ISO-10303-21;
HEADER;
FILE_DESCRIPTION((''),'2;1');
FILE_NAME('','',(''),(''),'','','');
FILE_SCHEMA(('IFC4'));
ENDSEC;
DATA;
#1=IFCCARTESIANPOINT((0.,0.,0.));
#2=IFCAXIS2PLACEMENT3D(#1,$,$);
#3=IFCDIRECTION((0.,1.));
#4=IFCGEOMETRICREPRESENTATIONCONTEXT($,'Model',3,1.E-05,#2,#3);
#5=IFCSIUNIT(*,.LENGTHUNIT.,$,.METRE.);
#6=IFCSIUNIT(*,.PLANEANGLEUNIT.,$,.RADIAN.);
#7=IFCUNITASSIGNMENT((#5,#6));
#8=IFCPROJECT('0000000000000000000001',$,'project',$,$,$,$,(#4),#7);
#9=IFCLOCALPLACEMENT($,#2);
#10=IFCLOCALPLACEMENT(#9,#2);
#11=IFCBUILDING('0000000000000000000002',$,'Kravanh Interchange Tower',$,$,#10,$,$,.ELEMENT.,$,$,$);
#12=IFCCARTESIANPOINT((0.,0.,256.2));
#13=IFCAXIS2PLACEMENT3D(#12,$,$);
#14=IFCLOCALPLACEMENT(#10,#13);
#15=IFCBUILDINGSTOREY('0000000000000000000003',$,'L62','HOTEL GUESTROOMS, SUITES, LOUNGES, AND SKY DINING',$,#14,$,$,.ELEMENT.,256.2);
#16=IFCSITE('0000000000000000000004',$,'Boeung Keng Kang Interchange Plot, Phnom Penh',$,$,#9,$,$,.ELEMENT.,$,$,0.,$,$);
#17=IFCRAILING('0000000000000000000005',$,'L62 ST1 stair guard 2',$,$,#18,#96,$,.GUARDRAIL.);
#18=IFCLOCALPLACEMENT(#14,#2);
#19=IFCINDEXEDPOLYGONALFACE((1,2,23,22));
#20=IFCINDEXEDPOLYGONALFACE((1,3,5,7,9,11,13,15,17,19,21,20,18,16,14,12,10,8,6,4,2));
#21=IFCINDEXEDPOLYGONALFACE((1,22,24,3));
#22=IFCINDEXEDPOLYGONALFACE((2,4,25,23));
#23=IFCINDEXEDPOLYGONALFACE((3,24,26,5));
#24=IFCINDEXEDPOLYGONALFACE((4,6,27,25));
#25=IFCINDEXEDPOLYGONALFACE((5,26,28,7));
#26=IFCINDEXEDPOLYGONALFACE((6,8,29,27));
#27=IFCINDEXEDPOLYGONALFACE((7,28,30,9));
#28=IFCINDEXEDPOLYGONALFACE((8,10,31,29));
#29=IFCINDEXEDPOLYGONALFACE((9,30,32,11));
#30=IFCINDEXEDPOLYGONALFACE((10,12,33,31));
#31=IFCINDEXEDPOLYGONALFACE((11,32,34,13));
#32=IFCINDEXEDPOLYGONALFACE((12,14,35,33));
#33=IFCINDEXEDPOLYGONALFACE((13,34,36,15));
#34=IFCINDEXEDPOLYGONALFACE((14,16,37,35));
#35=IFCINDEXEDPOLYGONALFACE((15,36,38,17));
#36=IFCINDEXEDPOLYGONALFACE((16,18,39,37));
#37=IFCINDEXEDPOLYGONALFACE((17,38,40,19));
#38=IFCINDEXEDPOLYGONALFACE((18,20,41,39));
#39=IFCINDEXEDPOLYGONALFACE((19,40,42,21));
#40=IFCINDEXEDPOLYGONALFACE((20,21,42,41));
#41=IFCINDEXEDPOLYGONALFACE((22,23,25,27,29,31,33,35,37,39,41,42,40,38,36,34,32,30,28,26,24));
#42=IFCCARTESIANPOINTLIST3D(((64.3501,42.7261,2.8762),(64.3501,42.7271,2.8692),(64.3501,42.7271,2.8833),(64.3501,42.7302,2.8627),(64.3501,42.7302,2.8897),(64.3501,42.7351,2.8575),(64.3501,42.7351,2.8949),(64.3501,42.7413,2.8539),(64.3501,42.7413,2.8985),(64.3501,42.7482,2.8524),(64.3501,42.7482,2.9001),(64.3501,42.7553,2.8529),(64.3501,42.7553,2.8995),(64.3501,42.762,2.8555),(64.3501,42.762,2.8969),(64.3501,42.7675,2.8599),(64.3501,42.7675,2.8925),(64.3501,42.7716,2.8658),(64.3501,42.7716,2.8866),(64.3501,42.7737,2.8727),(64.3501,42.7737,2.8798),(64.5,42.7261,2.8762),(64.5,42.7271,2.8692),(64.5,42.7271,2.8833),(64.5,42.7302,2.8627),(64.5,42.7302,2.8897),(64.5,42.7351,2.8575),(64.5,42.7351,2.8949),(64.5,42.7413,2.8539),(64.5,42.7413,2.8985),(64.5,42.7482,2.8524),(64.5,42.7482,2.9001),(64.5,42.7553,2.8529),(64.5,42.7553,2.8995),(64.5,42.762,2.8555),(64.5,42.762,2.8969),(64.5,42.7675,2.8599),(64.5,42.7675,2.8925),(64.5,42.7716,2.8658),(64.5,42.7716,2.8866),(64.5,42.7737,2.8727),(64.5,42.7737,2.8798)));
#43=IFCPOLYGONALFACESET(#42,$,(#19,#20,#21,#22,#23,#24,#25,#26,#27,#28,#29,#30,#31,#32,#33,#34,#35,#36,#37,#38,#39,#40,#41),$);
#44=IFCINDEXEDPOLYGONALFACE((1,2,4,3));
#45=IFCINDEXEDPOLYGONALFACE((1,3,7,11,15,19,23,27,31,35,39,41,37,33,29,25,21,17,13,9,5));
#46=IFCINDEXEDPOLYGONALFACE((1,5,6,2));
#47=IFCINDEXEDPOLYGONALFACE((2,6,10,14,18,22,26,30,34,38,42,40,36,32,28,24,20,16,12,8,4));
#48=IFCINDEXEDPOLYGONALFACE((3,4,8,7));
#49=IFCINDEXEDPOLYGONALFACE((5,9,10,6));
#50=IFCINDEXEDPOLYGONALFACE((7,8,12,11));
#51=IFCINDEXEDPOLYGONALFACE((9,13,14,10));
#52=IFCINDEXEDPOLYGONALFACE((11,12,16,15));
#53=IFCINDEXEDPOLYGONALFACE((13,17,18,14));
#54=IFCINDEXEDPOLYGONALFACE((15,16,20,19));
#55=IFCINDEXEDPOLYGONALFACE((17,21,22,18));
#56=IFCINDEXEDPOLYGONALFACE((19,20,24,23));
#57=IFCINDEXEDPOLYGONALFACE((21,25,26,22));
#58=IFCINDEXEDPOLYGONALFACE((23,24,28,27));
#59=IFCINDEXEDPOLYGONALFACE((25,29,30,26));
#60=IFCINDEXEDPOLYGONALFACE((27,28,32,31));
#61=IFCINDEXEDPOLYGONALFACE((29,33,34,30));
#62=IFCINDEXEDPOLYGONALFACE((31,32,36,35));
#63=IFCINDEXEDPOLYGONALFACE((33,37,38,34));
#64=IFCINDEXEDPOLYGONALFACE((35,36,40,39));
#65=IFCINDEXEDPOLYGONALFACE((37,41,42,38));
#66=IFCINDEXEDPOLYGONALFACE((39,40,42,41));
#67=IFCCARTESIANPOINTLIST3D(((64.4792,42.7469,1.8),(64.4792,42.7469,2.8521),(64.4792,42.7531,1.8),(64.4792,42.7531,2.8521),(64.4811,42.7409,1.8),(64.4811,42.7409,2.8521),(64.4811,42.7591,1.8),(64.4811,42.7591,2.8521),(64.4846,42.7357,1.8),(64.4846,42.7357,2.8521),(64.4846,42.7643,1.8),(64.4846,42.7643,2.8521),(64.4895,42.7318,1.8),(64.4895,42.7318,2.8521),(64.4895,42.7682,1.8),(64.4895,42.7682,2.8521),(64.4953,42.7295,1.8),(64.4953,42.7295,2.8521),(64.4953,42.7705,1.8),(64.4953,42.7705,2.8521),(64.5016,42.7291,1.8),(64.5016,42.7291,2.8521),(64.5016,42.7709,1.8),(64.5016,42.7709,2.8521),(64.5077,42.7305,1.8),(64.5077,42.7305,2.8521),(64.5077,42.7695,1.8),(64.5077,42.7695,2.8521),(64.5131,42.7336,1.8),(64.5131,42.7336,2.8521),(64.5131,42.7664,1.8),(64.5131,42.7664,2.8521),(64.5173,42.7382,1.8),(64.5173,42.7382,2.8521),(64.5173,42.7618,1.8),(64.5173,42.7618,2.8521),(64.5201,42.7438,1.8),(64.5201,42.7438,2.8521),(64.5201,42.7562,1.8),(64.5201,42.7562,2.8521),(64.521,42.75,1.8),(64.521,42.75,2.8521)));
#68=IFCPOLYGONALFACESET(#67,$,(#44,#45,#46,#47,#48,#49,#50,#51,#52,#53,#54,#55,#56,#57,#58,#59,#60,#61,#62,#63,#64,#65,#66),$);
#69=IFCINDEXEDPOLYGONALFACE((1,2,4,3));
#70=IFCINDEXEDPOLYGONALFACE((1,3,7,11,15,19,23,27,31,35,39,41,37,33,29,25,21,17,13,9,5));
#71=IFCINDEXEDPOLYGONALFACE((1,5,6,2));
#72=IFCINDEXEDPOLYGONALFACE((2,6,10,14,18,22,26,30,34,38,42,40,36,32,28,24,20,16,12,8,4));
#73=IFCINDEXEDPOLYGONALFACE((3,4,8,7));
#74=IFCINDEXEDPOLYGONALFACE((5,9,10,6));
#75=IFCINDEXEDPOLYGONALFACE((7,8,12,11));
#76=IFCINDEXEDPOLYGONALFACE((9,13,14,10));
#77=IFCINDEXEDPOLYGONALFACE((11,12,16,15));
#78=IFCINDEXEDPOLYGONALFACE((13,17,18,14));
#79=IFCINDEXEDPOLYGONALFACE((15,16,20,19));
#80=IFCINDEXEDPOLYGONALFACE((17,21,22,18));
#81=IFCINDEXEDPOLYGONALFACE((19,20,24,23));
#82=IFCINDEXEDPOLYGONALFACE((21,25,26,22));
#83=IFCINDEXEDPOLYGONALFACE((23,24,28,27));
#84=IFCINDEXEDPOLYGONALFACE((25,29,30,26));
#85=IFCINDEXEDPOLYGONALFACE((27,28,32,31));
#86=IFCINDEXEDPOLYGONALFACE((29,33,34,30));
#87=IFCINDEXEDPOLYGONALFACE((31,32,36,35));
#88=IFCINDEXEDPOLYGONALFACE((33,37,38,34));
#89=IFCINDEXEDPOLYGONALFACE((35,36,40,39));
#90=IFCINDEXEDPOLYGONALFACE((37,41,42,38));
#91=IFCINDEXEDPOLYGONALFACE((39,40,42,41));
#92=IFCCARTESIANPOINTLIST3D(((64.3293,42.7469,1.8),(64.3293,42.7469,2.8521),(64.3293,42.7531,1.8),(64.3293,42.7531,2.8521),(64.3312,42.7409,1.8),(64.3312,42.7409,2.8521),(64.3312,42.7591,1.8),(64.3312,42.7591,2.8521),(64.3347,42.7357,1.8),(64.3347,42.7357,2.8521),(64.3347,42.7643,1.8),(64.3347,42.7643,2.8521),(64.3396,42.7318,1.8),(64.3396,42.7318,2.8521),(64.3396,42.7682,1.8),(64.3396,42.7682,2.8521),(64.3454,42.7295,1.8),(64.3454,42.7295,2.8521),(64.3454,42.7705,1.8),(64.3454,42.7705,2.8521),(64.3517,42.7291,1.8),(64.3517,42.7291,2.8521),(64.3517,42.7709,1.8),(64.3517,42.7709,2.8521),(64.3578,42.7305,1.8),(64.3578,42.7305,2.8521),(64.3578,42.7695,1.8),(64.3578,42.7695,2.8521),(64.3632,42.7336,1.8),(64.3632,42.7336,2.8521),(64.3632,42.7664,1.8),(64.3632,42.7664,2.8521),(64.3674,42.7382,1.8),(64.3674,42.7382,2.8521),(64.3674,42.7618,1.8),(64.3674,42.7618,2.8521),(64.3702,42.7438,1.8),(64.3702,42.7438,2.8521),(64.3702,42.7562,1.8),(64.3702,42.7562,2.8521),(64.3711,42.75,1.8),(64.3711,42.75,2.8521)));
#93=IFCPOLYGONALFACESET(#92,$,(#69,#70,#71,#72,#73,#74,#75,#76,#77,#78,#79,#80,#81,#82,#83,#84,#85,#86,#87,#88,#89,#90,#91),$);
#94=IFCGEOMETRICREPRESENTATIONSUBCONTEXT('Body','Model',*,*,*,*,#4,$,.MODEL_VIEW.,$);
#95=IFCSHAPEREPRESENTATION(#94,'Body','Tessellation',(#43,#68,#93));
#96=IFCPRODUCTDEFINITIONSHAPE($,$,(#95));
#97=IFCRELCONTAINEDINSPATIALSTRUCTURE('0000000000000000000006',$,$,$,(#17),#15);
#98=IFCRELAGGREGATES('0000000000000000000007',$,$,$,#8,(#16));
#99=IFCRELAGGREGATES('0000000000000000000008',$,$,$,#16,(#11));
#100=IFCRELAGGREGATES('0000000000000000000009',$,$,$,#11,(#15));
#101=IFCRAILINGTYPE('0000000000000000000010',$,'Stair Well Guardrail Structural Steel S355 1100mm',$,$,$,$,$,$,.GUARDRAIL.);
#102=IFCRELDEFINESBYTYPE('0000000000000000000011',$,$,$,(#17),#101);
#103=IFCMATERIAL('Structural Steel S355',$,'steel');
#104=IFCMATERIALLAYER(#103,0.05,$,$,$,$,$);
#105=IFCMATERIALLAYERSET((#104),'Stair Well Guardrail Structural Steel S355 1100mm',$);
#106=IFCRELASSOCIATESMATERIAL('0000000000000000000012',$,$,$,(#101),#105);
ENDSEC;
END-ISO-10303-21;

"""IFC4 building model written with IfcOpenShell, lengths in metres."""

from ifc_helpers import new_model, si_unit, direction, frame, origin, origin_2d, place, context, subcontext, project, spatial, circle, extrude, material, layer, layer_set, type_object, element, save


model = new_model("IFC4")

# Units and contexts
model_context = context("Model", 3, precision=1e-05, world=origin(), true_north=direction((0.0, 1.0)))
body_context = subcontext(model_context, "Body", "Model", "MODEL_VIEW")
ifc_project = project(units=[si_unit("LENGTHUNIT", "METRE"), si_unit("PLANEANGLEUNIT", "RADIAN")], contexts=[model_context])

# Site, building, storey
site_placement = place(None, origin())
site = spatial("IfcSite", under=ifc_project, at=site_placement, Name="Boeung Keng Kang Interchange Plot, Phnom Penh", CompositionType="ELEMENT", RefElevation=0.0)
building_placement = place(site_placement, origin())
building = spatial("IfcBuilding", under=site, at=building_placement, Name="Kravanh Interchange Tower", CompositionType="ELEMENT")
storey_placement = place(building_placement, frame((0.0, 0.0, 256.2)))
storey = spatial("IfcBuildingStorey", under=building, at=storey_placement, Name="L62", Description="HOTEL GUESTROOMS, SUITES, LOUNGES, AND SKY DINING", CompositionType="ELEMENT", Elevation=256.2)

# Railing
ifc_material_1 = material(Name="Structural Steel S355", Category="steel")
ifc_layer_1 = layer(ifc_material_1, 0.05)
ifc_layer_set_1 = layer_set([ifc_layer_1], Name="Stair Well Guardrail Structural Steel S355 1100mm")
railing_type_1 = type_object("IfcRailingType", Name="Stair Well Guardrail Structural Steel S355 1100mm", PredefinedType="GUARDRAIL", material=ifc_layer_set_1)
railing_1_placement = place(storey_placement, frame((64.5, 42.75, 1.8)))
element("IfcRailing", 1, at=railing_1_placement, inside=storey, type_object=railing_type_1, Name="L62 ST1 stair guard 2", PredefinedType="GUARDRAIL", context=body_context, shape_type="SweptSolid", body=[
    extrude(circle(Radius=0.0239, at=origin_2d()), frame((0.0, 0.0, 1.0762), z_axis=(-1.0, 0.0, 0.0), x_axis=(0.0, -1.0, 0.0)), (0.0, 0.0, 1.0), 0.1499),
    extrude(circle(Radius=0.021, at=origin_2d()), origin(), (0.0, 0.0, 1.0), 1.052),
    extrude(circle(Radius=0.021, at=origin_2d()), frame((-0.1499, 0.0, 0.0)), (0.0, 0.0, 1.0), 1.052),
])

save(model, "model.ifc")
